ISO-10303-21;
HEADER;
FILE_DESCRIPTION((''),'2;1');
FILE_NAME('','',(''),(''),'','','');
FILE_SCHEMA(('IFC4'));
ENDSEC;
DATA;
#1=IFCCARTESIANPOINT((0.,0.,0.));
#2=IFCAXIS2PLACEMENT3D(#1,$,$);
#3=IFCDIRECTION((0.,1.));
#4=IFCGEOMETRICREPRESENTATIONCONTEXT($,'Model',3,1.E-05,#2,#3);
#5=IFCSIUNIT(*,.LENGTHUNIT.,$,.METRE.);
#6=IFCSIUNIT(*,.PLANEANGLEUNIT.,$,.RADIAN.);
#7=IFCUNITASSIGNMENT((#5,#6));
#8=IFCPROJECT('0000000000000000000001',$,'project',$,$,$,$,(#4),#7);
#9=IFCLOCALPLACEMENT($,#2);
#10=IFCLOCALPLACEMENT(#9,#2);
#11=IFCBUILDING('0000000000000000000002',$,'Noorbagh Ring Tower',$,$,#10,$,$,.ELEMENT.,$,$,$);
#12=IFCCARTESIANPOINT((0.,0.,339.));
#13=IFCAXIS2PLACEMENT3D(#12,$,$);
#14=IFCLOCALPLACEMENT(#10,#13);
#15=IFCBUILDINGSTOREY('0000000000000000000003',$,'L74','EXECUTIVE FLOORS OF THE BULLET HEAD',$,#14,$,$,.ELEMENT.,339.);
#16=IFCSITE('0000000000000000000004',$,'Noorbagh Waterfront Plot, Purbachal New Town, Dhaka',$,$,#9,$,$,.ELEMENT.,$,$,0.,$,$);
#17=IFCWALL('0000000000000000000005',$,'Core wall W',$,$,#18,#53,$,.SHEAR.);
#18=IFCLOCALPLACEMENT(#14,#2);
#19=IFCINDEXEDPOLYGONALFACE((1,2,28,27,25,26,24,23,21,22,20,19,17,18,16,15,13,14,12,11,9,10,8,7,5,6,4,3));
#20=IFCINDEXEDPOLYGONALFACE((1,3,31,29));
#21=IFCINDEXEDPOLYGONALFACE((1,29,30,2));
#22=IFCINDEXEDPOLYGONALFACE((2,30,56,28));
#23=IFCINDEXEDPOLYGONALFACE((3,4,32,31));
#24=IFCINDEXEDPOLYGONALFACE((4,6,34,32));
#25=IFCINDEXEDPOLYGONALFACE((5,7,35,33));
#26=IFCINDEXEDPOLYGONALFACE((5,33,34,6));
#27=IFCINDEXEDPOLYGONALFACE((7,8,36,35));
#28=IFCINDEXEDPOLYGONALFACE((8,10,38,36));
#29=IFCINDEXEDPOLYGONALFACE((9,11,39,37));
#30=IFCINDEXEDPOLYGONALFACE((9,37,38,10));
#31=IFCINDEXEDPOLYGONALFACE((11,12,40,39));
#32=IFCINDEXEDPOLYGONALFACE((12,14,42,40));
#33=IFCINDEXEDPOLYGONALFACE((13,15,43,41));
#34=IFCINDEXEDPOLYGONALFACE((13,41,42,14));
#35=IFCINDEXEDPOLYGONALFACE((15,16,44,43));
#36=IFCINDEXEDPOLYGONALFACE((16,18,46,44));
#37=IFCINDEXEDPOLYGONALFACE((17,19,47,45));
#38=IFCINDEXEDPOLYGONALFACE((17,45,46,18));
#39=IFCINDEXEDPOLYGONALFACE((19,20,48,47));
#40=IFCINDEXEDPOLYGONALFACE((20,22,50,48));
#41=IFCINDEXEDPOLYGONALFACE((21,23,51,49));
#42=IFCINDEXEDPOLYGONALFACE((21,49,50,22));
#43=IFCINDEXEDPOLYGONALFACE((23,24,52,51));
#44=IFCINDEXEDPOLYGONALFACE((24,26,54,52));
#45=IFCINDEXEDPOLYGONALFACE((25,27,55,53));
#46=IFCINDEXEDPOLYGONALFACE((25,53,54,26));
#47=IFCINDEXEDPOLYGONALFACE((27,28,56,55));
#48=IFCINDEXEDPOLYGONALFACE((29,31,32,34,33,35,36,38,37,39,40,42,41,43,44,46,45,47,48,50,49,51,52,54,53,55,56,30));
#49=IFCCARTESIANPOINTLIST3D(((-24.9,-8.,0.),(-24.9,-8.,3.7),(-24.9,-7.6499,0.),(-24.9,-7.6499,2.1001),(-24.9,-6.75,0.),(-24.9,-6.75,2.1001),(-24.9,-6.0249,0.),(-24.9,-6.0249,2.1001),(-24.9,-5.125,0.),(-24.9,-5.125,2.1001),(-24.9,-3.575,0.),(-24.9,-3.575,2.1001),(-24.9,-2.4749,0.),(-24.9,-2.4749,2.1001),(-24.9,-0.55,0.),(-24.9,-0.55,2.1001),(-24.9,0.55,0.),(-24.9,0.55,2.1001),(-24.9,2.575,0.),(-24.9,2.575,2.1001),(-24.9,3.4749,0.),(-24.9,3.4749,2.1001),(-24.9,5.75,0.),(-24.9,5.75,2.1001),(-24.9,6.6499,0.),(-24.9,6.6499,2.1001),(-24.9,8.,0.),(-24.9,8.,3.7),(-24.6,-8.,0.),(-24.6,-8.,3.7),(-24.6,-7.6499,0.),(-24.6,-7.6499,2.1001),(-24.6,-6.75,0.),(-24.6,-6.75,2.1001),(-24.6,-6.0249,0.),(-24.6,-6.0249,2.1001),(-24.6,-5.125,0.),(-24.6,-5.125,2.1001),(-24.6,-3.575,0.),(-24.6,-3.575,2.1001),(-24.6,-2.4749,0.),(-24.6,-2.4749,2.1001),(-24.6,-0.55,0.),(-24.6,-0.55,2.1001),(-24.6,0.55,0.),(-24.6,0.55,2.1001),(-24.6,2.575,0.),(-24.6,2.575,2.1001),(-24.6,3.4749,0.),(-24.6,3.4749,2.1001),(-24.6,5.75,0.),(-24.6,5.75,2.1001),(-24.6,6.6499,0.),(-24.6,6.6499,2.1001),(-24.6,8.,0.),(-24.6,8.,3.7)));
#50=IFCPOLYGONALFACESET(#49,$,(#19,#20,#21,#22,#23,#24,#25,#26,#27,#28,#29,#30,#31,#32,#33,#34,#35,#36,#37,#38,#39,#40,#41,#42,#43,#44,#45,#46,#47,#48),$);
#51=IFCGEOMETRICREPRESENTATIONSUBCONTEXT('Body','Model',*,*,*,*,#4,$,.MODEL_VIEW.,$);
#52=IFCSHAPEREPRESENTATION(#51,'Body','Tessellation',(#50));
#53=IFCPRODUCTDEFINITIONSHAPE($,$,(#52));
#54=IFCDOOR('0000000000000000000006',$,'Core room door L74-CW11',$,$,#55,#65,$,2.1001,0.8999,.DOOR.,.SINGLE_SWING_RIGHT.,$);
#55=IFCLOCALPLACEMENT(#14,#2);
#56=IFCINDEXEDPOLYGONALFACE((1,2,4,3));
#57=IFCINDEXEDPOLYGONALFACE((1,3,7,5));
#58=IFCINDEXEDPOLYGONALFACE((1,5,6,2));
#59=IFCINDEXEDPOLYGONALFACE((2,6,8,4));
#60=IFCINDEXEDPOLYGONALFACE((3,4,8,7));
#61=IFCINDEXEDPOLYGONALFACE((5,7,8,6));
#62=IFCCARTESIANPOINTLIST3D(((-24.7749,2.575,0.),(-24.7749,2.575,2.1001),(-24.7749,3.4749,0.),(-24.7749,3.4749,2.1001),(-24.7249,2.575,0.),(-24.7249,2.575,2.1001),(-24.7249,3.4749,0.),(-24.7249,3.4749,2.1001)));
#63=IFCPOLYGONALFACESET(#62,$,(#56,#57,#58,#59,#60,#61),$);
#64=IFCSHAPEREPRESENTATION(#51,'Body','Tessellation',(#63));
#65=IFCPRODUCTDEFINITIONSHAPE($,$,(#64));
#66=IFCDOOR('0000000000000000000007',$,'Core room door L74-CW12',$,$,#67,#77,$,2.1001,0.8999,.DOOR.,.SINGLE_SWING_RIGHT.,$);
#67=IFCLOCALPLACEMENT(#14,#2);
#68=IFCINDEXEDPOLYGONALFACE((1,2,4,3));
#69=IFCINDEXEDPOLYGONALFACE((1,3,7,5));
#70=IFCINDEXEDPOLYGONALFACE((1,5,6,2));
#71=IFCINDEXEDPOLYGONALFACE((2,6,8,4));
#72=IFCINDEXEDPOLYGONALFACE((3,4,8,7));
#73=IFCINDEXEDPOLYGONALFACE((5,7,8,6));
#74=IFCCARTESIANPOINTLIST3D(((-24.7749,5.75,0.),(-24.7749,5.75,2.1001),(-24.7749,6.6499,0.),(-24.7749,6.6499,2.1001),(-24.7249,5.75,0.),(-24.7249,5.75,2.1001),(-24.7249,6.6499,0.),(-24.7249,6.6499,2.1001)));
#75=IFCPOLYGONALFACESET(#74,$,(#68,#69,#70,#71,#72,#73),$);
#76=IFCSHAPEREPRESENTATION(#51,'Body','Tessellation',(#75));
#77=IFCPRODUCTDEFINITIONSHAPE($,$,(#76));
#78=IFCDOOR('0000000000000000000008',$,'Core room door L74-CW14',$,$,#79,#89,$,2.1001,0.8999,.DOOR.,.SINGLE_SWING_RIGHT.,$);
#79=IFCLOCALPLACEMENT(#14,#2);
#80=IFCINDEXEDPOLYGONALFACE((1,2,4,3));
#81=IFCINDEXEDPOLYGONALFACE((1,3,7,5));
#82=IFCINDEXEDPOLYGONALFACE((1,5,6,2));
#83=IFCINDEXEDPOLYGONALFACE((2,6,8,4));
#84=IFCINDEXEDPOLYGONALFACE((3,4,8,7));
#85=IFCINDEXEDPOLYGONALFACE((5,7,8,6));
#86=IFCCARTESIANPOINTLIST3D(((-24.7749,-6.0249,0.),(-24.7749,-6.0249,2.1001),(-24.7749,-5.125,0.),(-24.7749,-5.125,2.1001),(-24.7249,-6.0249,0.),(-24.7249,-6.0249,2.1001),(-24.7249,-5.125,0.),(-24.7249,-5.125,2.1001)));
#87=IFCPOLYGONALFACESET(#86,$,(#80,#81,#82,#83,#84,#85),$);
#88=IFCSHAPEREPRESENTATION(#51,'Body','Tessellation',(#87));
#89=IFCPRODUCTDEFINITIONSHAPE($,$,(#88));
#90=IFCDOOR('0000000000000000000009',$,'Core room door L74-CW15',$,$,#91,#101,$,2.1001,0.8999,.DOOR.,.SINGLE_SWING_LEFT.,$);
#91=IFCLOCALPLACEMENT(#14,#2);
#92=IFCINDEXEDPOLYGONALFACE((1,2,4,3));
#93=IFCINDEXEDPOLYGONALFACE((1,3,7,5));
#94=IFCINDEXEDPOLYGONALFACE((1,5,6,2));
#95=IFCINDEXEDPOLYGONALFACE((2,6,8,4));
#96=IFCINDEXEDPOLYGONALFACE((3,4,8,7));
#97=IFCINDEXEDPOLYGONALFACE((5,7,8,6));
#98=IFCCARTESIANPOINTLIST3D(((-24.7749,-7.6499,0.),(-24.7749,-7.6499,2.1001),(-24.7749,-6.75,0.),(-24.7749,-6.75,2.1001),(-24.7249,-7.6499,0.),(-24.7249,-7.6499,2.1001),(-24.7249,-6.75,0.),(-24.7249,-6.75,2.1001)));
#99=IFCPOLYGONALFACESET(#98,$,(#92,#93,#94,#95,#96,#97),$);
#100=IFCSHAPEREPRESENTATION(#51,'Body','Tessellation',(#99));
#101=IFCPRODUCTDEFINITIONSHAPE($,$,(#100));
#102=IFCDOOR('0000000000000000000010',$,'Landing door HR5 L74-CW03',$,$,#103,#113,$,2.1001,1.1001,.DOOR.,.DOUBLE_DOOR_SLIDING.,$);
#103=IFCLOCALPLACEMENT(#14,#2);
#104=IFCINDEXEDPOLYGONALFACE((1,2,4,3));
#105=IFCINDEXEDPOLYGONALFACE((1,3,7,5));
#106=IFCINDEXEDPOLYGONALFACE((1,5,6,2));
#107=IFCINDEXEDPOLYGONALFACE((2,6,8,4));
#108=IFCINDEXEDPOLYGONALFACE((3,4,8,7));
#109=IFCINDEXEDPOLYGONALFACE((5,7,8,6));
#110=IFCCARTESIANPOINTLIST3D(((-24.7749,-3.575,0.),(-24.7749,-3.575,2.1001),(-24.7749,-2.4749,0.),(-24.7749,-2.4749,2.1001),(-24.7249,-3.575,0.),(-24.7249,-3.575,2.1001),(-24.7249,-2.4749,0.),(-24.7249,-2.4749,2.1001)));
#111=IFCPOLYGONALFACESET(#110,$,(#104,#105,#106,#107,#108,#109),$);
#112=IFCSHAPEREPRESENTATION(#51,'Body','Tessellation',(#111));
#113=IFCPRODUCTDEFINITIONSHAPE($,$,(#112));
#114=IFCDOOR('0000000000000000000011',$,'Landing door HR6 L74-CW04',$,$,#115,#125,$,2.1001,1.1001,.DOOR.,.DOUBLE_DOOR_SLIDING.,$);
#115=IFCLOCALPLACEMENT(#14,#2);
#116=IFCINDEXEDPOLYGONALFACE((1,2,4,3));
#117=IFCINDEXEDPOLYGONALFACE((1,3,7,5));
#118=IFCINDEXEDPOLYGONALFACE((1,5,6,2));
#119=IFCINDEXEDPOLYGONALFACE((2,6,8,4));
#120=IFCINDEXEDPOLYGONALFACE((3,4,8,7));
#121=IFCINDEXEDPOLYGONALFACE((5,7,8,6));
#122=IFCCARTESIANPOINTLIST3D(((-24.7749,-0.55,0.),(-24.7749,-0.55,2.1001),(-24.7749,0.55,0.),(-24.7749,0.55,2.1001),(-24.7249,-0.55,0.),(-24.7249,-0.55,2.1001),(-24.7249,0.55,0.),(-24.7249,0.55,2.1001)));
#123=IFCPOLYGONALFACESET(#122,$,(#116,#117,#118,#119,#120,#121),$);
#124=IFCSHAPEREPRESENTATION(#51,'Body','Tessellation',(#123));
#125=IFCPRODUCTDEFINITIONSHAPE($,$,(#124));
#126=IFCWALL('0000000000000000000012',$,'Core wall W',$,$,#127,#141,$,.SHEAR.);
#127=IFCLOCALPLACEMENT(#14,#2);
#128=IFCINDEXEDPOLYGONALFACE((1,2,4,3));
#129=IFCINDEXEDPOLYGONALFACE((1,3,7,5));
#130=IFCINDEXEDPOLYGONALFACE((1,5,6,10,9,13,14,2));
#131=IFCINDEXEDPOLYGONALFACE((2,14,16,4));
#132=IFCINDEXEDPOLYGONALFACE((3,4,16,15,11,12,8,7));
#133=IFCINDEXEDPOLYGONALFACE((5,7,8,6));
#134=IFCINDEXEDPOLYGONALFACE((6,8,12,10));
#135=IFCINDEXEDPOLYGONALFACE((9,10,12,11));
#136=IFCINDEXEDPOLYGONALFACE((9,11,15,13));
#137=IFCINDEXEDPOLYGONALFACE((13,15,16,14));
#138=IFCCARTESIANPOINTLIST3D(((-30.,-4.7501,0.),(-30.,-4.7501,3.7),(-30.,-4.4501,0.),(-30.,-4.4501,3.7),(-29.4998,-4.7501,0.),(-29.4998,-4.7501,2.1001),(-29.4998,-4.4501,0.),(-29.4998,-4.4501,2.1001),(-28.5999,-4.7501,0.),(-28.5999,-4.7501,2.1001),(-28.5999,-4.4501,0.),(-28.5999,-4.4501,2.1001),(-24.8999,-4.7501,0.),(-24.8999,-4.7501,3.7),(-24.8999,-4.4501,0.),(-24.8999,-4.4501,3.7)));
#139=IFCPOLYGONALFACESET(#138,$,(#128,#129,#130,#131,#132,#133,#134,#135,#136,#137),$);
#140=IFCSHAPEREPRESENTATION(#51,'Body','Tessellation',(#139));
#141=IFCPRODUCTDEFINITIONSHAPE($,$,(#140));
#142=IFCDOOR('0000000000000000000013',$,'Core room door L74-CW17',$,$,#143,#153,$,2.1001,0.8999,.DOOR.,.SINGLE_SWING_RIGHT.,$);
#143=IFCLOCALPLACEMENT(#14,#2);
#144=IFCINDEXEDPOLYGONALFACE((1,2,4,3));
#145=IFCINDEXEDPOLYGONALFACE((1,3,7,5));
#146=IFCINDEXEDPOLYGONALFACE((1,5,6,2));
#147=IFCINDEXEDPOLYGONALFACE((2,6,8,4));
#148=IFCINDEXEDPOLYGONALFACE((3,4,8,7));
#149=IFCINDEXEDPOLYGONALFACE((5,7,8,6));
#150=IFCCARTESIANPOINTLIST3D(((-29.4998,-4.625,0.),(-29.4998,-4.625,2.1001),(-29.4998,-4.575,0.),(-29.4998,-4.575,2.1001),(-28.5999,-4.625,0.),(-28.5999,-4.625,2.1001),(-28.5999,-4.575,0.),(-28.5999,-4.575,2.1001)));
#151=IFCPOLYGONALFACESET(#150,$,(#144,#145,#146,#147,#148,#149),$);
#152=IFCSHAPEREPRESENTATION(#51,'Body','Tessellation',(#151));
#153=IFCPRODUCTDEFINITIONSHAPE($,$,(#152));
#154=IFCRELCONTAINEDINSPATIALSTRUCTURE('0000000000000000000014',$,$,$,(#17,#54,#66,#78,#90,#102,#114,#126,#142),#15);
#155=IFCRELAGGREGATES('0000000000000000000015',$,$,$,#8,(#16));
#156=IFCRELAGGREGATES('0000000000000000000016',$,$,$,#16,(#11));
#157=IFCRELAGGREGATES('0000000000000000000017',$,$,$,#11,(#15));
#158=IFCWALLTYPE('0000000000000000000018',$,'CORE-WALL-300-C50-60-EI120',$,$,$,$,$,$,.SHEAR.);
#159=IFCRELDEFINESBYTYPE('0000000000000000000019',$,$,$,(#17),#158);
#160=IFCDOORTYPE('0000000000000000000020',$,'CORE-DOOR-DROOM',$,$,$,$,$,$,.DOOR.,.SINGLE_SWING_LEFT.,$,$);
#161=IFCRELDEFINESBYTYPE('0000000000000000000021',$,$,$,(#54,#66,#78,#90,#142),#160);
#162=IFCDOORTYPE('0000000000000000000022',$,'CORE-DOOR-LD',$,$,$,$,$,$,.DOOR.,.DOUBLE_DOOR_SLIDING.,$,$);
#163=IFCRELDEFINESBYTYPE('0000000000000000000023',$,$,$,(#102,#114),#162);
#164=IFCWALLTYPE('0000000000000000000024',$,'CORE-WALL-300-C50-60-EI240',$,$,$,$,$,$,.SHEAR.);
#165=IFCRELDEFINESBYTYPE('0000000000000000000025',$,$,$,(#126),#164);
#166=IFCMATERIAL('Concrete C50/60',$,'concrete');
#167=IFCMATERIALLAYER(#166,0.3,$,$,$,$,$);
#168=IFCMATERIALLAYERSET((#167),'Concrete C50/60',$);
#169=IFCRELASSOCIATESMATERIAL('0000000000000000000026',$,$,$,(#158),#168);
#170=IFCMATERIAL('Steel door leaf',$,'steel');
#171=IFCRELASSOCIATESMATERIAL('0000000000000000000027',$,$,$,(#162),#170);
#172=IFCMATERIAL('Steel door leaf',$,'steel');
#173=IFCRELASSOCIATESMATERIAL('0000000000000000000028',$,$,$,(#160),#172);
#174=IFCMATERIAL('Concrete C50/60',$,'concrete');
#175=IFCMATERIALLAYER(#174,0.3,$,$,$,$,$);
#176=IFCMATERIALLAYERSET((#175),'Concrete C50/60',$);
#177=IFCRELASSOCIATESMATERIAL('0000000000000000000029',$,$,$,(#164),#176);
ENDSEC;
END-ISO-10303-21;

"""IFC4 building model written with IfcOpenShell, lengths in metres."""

from ifc_helpers import new_model, si_unit, direction, frame, frame_2d, origin, place, context, subcontext, project, spatial, rectangle, extrude, material, layer, layer_set, type_object, element, fill, save


model = new_model("IFC4")

# Units and contexts
model_context = context("Model", 3, precision=1e-05, world=origin(), true_north=direction((0.0, 1.0)))
body_context = subcontext(model_context, "Body", "Model", "MODEL_VIEW")
ifc_project = project(units=[si_unit("LENGTHUNIT", "METRE"), si_unit("PLANEANGLEUNIT", "RADIAN")], contexts=[model_context])

# Site, building, storey
site_placement = place(None, origin())
site = spatial("IfcSite", under=ifc_project, at=site_placement, Name="Noorbagh Waterfront Plot, Purbachal New Town, Dhaka", CompositionType="ELEMENT", RefElevation=0.0)
building_placement = place(site_placement, origin())
building = spatial("IfcBuilding", under=site, at=building_placement, Name="Noorbagh Ring Tower", CompositionType="ELEMENT")
storey_placement = place(building_placement, frame((0.0, 0.0, 339.0)))
storey = spatial("IfcBuildingStorey", under=building, at=storey_placement, Name="L74", Description="EXECUTIVE FLOORS OF THE BULLET HEAD", CompositionType="ELEMENT", Elevation=339.0)

# Wall, openings, doors
ifc_material_1 = material(Name="Concrete C50/60", Category="concrete")
ifc_layer_1 = layer(ifc_material_1, 0.3)
ifc_layer_set_1 = layer_set([ifc_layer_1], Name="Concrete C50/60")
wall_type_1 = type_object("IfcWallType", Name="CORE-WALL-300-C50-60-EI120", PredefinedType="SHEAR", material=ifc_layer_set_1)
ifc_material_2 = material(Name="Steel door leaf", Category="steel")
door_type_1 = type_object("IfcDoorType", Name="CORE-DOOR-LD", OperationType="DOUBLE_DOOR_SLIDING", PredefinedType="DOOR", material=ifc_material_2)
wall_1_placement = place(storey_placement, frame((-24.75, -8.0, 0.0), z_axis=(0.0, 0.0, 1.0), x_axis=(0.0, 1.0, 0.0)))
wall_1 = element("IfcWall", 1, at=wall_1_placement, inside=storey, type_object=wall_type_1, Name="Core wall W", PredefinedType="SHEAR", context=body_context, shape_type="SweptSolid", body=[
    extrude(rectangle(XDim=16.0, YDim=0.3, at=frame_2d((8.0, 0.0))), origin(), (0.0, 0.0, 1.0), 3.7),
])
opening_1_placement = place(wall_1_placement, frame((4.425, 0.0, 0.0)))
opening_1 = element("IfcOpeningElement", 2, at=opening_1_placement, cuts=wall_1, PredefinedType="OPENING", context=body_context, shape_type="SweptSolid", body=[
    extrude(rectangle(XDim=1.1001, YDim=2.1001, at=frame_2d((0.55, 1.05))), frame((0.0, 0.1602, 0.0), z_axis=(0.0, -1.0, 0.0), x_axis=(1.0, 0.0, 0.0)), (0.0, 0.0, 1.0), 0.3201),
])
opening_2_placement = place(wall_1_placement, frame((7.45, 0.0, 0.0)))
opening_2 = element("IfcOpeningElement", 3, at=opening_2_placement, cuts=wall_1, PredefinedType="OPENING", context=body_context, shape_type="SweptSolid", body=[
    extrude(rectangle(XDim=1.1001, YDim=2.1001, at=frame_2d((0.55, 1.05))), frame((0.0, 0.1602, 0.0), z_axis=(0.0, -1.0, 0.0), x_axis=(1.0, 0.0, 0.0)), (0.0, 0.0, 1.0), 0.3201),
])
opening_3_placement = place(wall_1_placement, frame((10.575, 0.0, 0.0)))
opening_3 = element("IfcOpeningElement", 4, at=opening_3_placement, cuts=wall_1, PredefinedType="OPENING", context=body_context, shape_type="SweptSolid", body=[
    extrude(rectangle(XDim=0.8999, YDim=2.1001, at=frame_2d((0.45, 1.05))), frame((0.0, 0.1602, 0.0), z_axis=(0.0, -1.0, 0.0), x_axis=(1.0, 0.0, 0.0)), (0.0, 0.0, 1.0), 0.3201),
])
opening_4_placement = place(wall_1_placement, frame((13.75, 0.0, 0.0)))
opening_4 = element("IfcOpeningElement", 5, at=opening_4_placement, cuts=wall_1, PredefinedType="OPENING", context=body_context, shape_type="SweptSolid", body=[
    extrude(rectangle(XDim=0.8999, YDim=2.1001, at=frame_2d((0.45, 1.05))), frame((0.0, 0.1602, 0.0), z_axis=(0.0, -1.0, 0.0), x_axis=(1.0, 0.0, 0.0)), (0.0, 0.0, 1.0), 0.3201),
])
opening_5_placement = place(wall_1_placement, frame((1.9751, 0.0, 0.0)))
opening_5 = element("IfcOpeningElement", 6, at=opening_5_placement, cuts=wall_1, PredefinedType="OPENING", context=body_context, shape_type="SweptSolid", body=[
    extrude(rectangle(XDim=0.8999, YDim=2.1001, at=frame_2d((0.45, 1.05))), frame((0.0, 0.1602, 0.0), z_axis=(0.0, -1.0, 0.0), x_axis=(1.0, 0.0, 0.0)), (0.0, 0.0, 1.0), 0.3201),
])
opening_6_placement = place(wall_1_placement, frame((0.3501, 0.0, 0.0)))
opening_6 = element("IfcOpeningElement", 7, at=opening_6_placement, cuts=wall_1, PredefinedType="OPENING", context=body_context, shape_type="SweptSolid", body=[
    extrude(rectangle(XDim=0.8999, YDim=2.1001, at=frame_2d((0.45, 1.05))), frame((0.0, 0.1602, 0.0), z_axis=(0.0, -1.0, 0.0), x_axis=(1.0, 0.0, 0.0)), (0.0, 0.0, 1.0), 0.3201),
])
ifc_material_3 = material(Name="Steel door leaf", Category="steel")
door_type_2 = type_object("IfcDoorType", Name="CORE-DOOR-DROOM", OperationType="SINGLE_SWING_LEFT", PredefinedType="DOOR", material=ifc_material_3)
door_1_placement = place(opening_3_placement, origin())
door_1 = element("IfcDoor", 8, at=door_1_placement, inside=storey, type_object=door_type_2, Name="Core room door L74-CW11", OperationType="SINGLE_SWING_RIGHT", OverallHeight=2.1001, OverallWidth=0.8999, PredefinedType="DOOR", context=body_context, shape_type="SweptSolid", body=[
    extrude(rectangle(XDim=0.8999, YDim=2.1001, at=frame_2d((0.45, 1.05))), frame((0.0, 0.0249, 0.0), z_axis=(0.0, -1.0, 0.0), x_axis=(1.0, 0.0, 0.0)), (0.0, 0.0, 1.0), 0.05),
])
fill(opening_3, door_1)
door_2_placement = place(opening_4_placement, origin())
door_2 = element("IfcDoor", 9, at=door_2_placement, inside=storey, type_object=door_type_2, Name="Core room door L74-CW12", OperationType="SINGLE_SWING_RIGHT", OverallHeight=2.1001, OverallWidth=0.8999, PredefinedType="DOOR", context=body_context, shape_type="SweptSolid", body=[
    extrude(rectangle(XDim=0.8999, YDim=2.1001, at=frame_2d((0.45, 1.05))), frame((0.0, 0.0249, 0.0), z_axis=(0.0, -1.0, 0.0), x_axis=(1.0, 0.0, 0.0)), (0.0, 0.0, 1.0), 0.05),
])
fill(opening_4, door_2)
door_3_placement = place(opening_5_placement, origin())
door_3 = element("IfcDoor", 10, at=door_3_placement, inside=storey, type_object=door_type_2, Name="Core room door L74-CW14", OperationType="SINGLE_SWING_RIGHT", OverallHeight=2.1001, OverallWidth=0.8999, PredefinedType="DOOR", context=body_context, shape_type="SweptSolid", body=[
    extrude(rectangle(XDim=0.8999, YDim=2.1001, at=frame_2d((0.45, 1.05))), frame((0.0, 0.0249, 0.0), z_axis=(0.0, -1.0, 0.0), x_axis=(1.0, 0.0, 0.0)), (0.0, 0.0, 1.0), 0.05),
])
fill(opening_5, door_3)
door_4_placement = place(opening_6_placement, origin())
door_4 = element("IfcDoor", 11, at=door_4_placement, inside=storey, type_object=door_type_2, Name="Core room door L74-CW15", OperationType="SINGLE_SWING_LEFT", OverallHeight=2.1001, OverallWidth=0.8999, PredefinedType="DOOR", context=body_context, shape_type="SweptSolid", body=[
    extrude(rectangle(XDim=0.8999, YDim=2.1001, at=frame_2d((0.45, 1.05))), frame((0.0, 0.0249, 0.0), z_axis=(0.0, -1.0, 0.0), x_axis=(1.0, 0.0, 0.0)), (0.0, 0.0, 1.0), 0.05),
])
fill(opening_6, door_4)
door_5_placement = place(opening_1_placement, origin())
door_5 = element("IfcDoor", 12, at=door_5_placement, inside=storey, type_object=door_type_1, Name="Landing door HR5 L74-CW03", OperationType="DOUBLE_DOOR_SLIDING", OverallHeight=2.1001, OverallWidth=1.1001, PredefinedType="DOOR", context=body_context, shape_type="SweptSolid", body=[
    extrude(rectangle(XDim=1.1001, YDim=2.1001, at=frame_2d((0.55, 1.05))), frame((0.0, 0.0249, 0.0), z_axis=(0.0, -1.0, 0.0), x_axis=(1.0, 0.0, 0.0)), (0.0, 0.0, 1.0), 0.05),
])
fill(opening_1, door_5)
door_6_placement = place(opening_2_placement, origin())
door_6 = element("IfcDoor", 13, at=door_6_placement, inside=storey, type_object=door_type_1, Name="Landing door HR6 L74-CW04", OperationType="DOUBLE_DOOR_SLIDING", OverallHeight=2.1001, OverallWidth=1.1001, PredefinedType="DOOR", context=body_context, shape_type="SweptSolid", body=[
    extrude(rectangle(XDim=1.1001, YDim=2.1001, at=frame_2d((0.55, 1.05))), frame((0.0, 0.0249, 0.0), z_axis=(0.0, -1.0, 0.0), x_axis=(1.0, 0.0, 0.0)), (0.0, 0.0, 1.0), 0.05),
])
fill(opening_2, door_6)

# Wall, opening, door
ifc_material_4 = material(Name="Concrete C50/60", Category="concrete")
ifc_layer_2 = layer(ifc_material_4, 0.3)
ifc_layer_set_2 = layer_set([ifc_layer_2], Name="Concrete C50/60")
wall_type_2 = type_object("IfcWallType", Name="CORE-WALL-300-C50-60-EI240", PredefinedType="SHEAR", material=ifc_layer_set_2)
wall_2_placement = place(storey_placement, frame((-24.8999, -4.6001, 0.0), z_axis=(0.0, 0.0, 1.0), x_axis=(-1.0, 0.0, 0.0)))
wall_2 = element("IfcWall", 14, at=wall_2_placement, inside=storey, type_object=wall_type_2, Name="Core wall W", PredefinedType="SHEAR", context=body_context, shape_type="SweptSolid", body=[
    extrude(rectangle(XDim=5.1001, YDim=0.3, at=frame_2d((2.55, 0.0))), origin(), (0.0, 0.0, 1.0), 3.7),
])
opening_7_placement = place(wall_2_placement, frame((3.7, 0.0, 0.0)))
opening_7 = element("IfcOpeningElement", 15, at=opening_7_placement, cuts=wall_2, PredefinedType="OPENING", context=body_context, shape_type="SweptSolid", body=[
    extrude(rectangle(XDim=0.8999, YDim=2.1001, at=frame_2d((0.45, 1.05))), frame((0.0, 0.1602, 0.0), z_axis=(0.0, -1.0, 0.0), x_axis=(1.0, 0.0, 0.0)), (0.0, 0.0, 1.0), 0.3201),
])
door_7_placement = place(opening_7_placement, origin())
door_7 = element("IfcDoor", 16, at=door_7_placement, inside=storey, type_object=door_type_2, Name="Core room door L74-CW17", OperationType="SINGLE_SWING_RIGHT", OverallHeight=2.1001, OverallWidth=0.8999, PredefinedType="DOOR", context=body_context, shape_type="SweptSolid", body=[
    extrude(rectangle(XDim=0.8999, YDim=2.1001, at=frame_2d((0.45, 1.05))), frame((0.0, 0.0249, 0.0), z_axis=(0.0, -1.0, 0.0), x_axis=(1.0, 0.0, 0.0)), (0.0, 0.0, 1.0), 0.05),
])
fill(opening_7, door_7)

save(model, "model.ifc")
